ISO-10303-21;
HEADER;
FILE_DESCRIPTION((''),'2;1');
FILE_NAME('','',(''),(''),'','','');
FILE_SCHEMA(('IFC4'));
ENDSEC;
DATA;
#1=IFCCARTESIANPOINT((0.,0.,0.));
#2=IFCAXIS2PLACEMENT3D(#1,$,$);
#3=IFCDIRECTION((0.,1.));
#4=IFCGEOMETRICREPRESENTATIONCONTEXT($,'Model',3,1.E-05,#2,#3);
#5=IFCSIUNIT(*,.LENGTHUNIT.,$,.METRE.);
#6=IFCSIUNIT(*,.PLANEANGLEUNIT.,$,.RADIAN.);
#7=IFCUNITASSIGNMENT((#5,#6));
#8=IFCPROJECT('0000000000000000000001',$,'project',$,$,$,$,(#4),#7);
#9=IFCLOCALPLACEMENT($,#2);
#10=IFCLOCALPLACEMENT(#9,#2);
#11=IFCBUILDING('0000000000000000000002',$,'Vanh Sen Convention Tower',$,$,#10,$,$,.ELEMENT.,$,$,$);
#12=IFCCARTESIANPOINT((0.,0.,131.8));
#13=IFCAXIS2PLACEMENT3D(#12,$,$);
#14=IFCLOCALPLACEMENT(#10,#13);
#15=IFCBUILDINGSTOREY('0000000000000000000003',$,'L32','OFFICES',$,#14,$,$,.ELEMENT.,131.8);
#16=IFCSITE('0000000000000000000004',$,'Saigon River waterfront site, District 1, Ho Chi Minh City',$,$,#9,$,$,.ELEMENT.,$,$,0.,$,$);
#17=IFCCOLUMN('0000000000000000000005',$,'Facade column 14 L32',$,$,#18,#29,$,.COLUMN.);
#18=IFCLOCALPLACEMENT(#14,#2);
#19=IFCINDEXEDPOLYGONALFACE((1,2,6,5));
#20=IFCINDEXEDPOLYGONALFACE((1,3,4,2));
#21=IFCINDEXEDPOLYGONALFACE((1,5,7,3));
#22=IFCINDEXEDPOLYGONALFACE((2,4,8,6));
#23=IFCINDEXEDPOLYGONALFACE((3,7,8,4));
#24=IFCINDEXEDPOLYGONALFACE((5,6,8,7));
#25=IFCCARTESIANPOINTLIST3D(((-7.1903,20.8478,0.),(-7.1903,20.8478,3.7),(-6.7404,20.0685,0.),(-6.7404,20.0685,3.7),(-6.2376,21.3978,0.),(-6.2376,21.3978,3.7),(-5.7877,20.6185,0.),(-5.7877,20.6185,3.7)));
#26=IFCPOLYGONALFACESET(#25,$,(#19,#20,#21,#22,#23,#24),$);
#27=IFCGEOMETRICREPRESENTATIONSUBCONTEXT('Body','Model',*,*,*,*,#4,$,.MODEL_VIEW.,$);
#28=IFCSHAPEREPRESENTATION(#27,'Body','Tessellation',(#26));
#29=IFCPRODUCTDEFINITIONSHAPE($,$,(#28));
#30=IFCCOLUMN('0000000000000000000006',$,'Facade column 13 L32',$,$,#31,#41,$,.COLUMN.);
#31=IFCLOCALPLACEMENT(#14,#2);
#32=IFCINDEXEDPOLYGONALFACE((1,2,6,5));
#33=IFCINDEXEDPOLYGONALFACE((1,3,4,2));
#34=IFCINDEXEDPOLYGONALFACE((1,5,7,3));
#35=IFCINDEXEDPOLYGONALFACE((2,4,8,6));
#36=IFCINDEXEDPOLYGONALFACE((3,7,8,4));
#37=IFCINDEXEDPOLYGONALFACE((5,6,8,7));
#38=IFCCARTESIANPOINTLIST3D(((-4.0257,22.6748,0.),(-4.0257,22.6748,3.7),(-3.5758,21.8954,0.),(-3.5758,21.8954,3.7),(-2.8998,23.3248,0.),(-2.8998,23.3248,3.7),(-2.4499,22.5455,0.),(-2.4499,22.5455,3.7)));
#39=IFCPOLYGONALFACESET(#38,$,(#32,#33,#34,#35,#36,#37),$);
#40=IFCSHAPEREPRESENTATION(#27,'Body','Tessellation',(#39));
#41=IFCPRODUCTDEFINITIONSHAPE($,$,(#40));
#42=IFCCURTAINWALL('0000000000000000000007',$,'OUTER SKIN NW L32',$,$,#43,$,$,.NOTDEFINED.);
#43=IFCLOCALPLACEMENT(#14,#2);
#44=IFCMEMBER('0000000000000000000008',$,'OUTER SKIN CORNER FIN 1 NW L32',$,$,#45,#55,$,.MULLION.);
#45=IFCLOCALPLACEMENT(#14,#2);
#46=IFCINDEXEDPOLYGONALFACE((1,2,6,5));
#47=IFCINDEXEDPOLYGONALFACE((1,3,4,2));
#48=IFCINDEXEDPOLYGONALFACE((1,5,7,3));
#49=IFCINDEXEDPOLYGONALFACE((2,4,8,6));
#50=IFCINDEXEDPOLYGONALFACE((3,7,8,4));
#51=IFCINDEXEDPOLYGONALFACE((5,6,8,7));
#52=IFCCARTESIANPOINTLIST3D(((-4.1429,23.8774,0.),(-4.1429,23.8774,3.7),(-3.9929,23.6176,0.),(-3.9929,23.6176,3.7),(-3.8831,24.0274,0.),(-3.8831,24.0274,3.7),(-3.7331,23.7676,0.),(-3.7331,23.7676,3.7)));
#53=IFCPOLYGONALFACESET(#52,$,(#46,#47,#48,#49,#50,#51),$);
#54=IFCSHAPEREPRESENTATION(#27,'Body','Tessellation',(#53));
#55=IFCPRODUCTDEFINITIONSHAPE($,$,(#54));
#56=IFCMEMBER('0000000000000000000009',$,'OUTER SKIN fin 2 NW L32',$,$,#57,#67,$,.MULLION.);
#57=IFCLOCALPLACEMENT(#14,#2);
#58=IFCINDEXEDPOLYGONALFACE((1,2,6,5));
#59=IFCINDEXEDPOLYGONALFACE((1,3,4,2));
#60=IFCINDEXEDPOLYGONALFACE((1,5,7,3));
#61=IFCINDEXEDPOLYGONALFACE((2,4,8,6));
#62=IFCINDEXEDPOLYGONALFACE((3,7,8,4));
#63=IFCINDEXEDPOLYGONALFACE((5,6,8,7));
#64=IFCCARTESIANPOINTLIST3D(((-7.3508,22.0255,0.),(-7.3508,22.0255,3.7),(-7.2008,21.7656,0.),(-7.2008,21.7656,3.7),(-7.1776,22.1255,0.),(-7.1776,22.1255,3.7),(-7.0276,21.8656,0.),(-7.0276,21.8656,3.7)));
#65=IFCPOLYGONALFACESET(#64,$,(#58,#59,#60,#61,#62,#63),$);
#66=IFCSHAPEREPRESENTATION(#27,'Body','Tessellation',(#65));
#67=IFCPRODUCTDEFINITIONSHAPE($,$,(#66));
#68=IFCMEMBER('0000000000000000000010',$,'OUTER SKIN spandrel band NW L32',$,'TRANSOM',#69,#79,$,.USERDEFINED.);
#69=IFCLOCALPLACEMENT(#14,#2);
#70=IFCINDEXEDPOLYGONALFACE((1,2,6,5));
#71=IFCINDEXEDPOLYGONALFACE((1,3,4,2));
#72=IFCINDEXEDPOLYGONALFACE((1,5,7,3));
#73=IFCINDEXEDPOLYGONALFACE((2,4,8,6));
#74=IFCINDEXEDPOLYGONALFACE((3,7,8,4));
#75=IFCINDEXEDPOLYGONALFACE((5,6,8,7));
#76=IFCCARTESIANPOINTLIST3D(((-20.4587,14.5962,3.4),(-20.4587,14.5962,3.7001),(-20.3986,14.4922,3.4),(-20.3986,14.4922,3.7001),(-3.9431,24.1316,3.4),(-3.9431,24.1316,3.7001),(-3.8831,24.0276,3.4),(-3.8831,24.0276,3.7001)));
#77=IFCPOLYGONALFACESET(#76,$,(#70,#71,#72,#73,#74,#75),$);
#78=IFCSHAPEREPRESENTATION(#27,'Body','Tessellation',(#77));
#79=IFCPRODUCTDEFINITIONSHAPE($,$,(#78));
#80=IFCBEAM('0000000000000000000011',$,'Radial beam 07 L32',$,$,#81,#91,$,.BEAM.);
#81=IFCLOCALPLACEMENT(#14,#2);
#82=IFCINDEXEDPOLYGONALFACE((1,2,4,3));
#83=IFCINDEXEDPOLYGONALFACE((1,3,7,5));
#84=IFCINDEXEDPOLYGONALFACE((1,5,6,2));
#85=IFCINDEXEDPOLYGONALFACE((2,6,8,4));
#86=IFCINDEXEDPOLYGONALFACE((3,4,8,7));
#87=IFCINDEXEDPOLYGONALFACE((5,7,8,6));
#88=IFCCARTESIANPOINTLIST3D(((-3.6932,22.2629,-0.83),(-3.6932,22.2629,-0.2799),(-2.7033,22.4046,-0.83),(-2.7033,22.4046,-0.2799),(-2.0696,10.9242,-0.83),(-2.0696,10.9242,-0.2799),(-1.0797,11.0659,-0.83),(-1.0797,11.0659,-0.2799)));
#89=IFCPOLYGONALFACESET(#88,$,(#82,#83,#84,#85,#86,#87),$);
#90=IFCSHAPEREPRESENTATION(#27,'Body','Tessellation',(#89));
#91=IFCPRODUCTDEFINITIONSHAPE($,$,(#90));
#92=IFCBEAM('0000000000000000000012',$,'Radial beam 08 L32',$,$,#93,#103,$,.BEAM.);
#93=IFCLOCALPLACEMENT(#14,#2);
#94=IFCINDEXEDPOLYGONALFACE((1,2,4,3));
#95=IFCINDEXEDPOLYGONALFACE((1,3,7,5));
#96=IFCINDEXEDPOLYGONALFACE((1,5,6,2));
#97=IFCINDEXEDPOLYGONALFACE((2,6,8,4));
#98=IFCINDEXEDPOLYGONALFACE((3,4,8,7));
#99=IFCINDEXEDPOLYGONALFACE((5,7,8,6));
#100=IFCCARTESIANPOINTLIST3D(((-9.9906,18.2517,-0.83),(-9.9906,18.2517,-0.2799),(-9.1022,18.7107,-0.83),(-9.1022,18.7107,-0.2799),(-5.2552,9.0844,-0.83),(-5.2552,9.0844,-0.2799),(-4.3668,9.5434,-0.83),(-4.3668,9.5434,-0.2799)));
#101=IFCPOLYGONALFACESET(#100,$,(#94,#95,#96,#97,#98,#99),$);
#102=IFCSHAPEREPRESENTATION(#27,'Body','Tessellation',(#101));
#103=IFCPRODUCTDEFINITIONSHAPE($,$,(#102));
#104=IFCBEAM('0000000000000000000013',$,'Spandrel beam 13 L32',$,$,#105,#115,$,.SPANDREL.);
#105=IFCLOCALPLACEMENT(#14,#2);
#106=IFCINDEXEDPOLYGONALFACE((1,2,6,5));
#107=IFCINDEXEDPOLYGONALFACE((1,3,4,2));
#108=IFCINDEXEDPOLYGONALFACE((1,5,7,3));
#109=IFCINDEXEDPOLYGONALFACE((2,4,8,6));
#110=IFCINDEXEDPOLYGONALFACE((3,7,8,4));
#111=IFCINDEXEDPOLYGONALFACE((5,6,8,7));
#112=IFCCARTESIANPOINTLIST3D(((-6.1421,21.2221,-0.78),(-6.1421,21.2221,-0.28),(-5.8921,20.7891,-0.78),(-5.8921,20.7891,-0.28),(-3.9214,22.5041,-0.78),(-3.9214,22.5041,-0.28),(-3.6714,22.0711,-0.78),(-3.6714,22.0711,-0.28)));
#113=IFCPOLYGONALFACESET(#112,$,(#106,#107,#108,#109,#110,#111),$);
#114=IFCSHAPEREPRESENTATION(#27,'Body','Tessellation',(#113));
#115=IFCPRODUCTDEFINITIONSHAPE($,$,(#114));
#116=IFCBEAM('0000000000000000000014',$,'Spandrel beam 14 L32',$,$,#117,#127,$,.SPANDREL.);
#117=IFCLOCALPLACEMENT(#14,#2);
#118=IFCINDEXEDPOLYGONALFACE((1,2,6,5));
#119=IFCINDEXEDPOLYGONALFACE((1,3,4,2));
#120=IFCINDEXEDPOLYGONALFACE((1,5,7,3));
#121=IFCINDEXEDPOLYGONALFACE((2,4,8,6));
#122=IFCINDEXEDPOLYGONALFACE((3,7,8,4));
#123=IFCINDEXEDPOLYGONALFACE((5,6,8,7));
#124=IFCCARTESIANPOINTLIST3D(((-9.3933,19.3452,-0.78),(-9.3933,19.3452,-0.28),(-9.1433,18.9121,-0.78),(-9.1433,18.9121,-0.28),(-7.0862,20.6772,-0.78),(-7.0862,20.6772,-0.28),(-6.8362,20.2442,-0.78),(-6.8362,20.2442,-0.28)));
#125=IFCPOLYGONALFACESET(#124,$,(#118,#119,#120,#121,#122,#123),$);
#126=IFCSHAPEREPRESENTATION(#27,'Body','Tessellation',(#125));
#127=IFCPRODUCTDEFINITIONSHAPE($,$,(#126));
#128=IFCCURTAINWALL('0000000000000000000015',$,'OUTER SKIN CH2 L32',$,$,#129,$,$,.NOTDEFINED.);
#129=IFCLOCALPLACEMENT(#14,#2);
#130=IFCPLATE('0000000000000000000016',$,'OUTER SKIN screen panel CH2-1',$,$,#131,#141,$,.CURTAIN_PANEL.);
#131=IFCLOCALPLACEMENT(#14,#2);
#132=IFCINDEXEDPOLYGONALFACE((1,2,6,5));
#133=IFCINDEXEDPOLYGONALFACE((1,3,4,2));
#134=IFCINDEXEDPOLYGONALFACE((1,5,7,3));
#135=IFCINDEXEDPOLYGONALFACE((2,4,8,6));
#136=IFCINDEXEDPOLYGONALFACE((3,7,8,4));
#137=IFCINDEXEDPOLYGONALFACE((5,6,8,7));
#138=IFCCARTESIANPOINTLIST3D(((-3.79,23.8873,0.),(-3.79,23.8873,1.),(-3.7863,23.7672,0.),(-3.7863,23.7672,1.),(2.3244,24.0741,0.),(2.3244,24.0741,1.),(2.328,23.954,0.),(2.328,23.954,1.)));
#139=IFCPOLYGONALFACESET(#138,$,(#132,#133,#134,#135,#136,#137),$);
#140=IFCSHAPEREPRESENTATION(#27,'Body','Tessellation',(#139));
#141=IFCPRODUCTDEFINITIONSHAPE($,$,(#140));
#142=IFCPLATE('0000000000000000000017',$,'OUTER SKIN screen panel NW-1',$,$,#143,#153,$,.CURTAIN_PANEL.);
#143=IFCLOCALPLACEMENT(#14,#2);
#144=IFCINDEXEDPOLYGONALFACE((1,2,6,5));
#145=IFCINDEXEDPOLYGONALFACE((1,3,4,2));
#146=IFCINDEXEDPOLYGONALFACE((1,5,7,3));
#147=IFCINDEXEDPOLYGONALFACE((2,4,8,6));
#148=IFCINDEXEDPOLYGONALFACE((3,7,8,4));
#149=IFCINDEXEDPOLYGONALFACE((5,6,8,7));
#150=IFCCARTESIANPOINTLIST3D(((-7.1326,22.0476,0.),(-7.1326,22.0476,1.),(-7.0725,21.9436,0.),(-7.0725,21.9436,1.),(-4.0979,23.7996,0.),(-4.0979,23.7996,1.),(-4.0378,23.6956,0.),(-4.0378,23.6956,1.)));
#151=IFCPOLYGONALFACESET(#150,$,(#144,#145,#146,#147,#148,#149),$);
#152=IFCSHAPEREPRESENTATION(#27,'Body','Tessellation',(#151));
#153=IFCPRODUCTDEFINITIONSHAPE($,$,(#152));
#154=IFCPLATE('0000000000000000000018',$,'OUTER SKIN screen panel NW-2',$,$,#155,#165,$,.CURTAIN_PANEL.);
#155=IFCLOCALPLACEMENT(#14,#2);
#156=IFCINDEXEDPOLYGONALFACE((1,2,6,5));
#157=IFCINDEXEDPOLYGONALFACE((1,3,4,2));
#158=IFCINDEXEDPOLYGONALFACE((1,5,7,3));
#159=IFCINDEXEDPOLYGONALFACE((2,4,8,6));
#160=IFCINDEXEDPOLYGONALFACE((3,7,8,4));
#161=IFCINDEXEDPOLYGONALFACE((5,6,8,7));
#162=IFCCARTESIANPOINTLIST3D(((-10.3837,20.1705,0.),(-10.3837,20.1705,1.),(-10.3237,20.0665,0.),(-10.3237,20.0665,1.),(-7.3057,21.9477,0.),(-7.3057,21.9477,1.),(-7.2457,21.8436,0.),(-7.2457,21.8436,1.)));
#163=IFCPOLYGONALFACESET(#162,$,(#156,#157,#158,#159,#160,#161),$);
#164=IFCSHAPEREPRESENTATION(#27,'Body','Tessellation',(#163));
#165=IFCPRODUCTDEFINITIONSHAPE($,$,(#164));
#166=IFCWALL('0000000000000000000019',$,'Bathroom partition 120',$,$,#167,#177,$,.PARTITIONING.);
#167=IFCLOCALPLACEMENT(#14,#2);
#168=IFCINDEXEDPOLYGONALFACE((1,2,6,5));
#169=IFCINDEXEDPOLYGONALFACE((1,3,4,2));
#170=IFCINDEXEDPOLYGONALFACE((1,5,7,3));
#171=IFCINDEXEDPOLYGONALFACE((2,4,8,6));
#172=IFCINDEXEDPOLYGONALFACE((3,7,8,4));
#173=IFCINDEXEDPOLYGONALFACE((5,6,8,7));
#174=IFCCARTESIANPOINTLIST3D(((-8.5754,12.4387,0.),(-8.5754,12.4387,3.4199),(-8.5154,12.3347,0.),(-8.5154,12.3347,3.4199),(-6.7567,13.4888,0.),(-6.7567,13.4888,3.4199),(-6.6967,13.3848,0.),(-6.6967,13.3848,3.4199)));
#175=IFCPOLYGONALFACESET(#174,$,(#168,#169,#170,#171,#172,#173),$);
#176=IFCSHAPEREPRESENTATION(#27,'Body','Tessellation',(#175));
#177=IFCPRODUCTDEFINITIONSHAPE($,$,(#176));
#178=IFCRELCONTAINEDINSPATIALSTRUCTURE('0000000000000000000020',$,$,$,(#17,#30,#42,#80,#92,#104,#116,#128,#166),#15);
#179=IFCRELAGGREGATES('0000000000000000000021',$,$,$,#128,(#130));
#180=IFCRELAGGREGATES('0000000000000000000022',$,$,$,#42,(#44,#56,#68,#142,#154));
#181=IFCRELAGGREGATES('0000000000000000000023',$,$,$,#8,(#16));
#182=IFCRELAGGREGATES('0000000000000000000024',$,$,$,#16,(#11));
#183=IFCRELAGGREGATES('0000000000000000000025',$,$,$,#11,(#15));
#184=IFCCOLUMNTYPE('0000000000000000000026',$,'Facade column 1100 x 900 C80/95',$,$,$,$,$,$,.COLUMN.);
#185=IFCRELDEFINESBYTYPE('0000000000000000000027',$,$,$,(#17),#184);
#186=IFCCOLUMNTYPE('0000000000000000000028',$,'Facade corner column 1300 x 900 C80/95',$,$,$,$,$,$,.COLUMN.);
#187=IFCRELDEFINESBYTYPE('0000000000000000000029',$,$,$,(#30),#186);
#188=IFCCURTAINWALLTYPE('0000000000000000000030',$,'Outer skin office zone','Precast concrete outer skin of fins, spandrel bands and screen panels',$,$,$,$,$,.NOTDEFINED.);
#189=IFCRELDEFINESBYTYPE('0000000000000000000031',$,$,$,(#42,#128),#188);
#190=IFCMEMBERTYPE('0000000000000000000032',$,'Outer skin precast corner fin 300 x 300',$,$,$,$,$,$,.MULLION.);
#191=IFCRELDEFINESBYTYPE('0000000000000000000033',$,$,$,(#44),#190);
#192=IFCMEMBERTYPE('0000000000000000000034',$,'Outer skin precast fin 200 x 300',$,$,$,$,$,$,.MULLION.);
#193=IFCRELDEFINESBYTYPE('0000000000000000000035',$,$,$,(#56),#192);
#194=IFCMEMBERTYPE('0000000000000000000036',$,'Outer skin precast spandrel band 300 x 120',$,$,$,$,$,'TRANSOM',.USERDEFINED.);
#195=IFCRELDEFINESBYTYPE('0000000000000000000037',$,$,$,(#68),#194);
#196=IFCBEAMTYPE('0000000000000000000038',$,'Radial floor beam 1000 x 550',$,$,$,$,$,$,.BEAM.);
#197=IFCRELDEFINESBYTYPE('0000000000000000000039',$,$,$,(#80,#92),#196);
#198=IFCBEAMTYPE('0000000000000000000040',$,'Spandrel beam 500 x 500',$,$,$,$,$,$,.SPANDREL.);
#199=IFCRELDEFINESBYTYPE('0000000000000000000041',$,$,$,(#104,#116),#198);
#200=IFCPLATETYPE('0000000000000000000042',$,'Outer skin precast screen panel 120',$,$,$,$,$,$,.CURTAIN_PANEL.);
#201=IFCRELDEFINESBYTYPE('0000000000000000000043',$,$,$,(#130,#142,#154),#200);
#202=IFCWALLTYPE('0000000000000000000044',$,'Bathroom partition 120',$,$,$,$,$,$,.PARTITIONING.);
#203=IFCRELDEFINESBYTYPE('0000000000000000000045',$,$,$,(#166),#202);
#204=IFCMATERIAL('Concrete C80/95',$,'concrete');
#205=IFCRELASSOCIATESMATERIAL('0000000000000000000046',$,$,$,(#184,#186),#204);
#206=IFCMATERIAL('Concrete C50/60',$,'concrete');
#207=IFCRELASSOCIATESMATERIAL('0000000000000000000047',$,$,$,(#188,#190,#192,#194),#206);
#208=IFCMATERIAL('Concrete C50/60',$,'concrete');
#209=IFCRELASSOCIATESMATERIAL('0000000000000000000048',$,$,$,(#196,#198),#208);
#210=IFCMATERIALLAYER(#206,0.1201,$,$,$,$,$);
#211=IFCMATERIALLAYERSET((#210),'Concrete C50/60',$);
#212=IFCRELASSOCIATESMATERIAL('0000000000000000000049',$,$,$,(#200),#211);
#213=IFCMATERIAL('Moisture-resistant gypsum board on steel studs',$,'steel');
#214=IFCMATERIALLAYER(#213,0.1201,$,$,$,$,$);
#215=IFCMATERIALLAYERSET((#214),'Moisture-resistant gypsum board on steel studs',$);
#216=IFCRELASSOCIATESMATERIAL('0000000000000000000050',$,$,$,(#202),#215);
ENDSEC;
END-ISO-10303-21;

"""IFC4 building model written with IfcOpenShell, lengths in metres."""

from ifc_helpers import new_model, si_unit, direction, frame, frame_2d, origin, origin_2d, place, context, subcontext, project, spatial, rectangle, extrude, material, layer, layer_set, material_profile, profile_set, type_object, element, aggregate, save


model = new_model("IFC4")

# Units and contexts
model_context = context("Model", 3, precision=1e-05, world=origin(), true_north=direction((0.0, 1.0)))
body_context = subcontext(model_context, "Body", "Model", "MODEL_VIEW")
ifc_project = project(units=[si_unit("LENGTHUNIT", "METRE"), si_unit("PLANEANGLEUNIT", "RADIAN")], contexts=[model_context])

# Site, building, storey
site_placement = place(None, origin())
site = spatial("IfcSite", under=ifc_project, at=site_placement, Name="Saigon River waterfront site, District 1, Ho Chi Minh City", CompositionType="ELEMENT", RefElevation=0.0)
building_placement = place(site_placement, origin())
building = spatial("IfcBuilding", under=site, at=building_placement, Name="Vanh Sen Convention Tower", CompositionType="ELEMENT")
storey_placement = place(building_placement, frame((0.0, 0.0, 131.8)))
storey = spatial("IfcBuildingStorey", under=building, at=storey_placement, Name="L32", Description="OFFICES", CompositionType="ELEMENT", Elevation=131.8)

# Columns
ifc_material_1 = material(Name="Concrete C80/95", Category="concrete")
ifc_material_profile_1 = material_profile(ifc_material_1, rectangle(XDim=1.1001, YDim=0.8999, at=origin_2d()), Name="RC 1100X900")
ifc_profile_set_1 = profile_set([ifc_material_profile_1], Name="Concrete C80/95")
column_type_1 = type_object("IfcColumnType", Name="Facade column 1100 x 900 C80/95", PredefinedType="COLUMN", material=ifc_profile_set_1)
column_1_placement = place(storey_placement, frame((-6.489, 20.7332, 0.0), z_axis=(0.0, 0.0, 1.0), x_axis=(-0.866025, -0.5, 0.0)))
element("IfcColumn", 1, at=column_1_placement, inside=storey, type_object=column_type_1, Name="Facade column 14 L32", PredefinedType="COLUMN", context=body_context, shape_type="SweptSolid", body=[
    extrude(rectangle(XDim=1.1001, YDim=0.8999, at=origin_2d()), origin(), (0.0, 0.0, 1.0), 3.7),
])
ifc_material_profile_2 = material_profile(ifc_material_1, rectangle(XDim=1.3, YDim=0.8999, at=origin_2d()), Name="RC 1300X900")
ifc_profile_set_2 = profile_set([ifc_material_profile_2], Name="Concrete C80/95")
column_type_2 = type_object("IfcColumnType", Name="Facade corner column 1300 x 900 C80/95", PredefinedType="COLUMN", material=ifc_profile_set_2)
column_2_placement = place(storey_placement, frame((-3.2378, 22.6101, 0.0), z_axis=(0.0, 0.0, 1.0), x_axis=(-0.866025, -0.5, 0.0)))
element("IfcColumn", 2, at=column_2_placement, inside=storey, type_object=column_type_2, Name="Facade column 13 L32", PredefinedType="COLUMN", context=body_context, shape_type="SweptSolid", body=[
    extrude(rectangle(XDim=1.3, YDim=0.8999, at=origin_2d()), origin(), (0.0, 0.0, 1.0), 3.7),
])

# Curtain wall, members
ifc_material_2 = material(Name="Concrete C50/60", Category="concrete")
curtain_wall_type = type_object("IfcCurtainWallType", Name="Outer skin office zone", Description="Precast concrete outer skin of fins, spandrel bands and screen panels", PredefinedType="NOTDEFINED", material=ifc_material_2)
curtain_wall_1_placement = place(storey_placement, origin())
curtain_wall_1 = element("IfcCurtainWall", 3, at=curtain_wall_1_placement, inside=storey, type_object=curtain_wall_type, Name="OUTER SKIN NW L32", PredefinedType="NOTDEFINED")
ifc_material_profile_3 = material_profile(ifc_material_2, rectangle(XDim=0.3, YDim=0.3, at=origin_2d()), Name="Outer skin precast corner fin 300 x 300")
ifc_profile_set_3 = profile_set([ifc_material_profile_3], Name="Concrete C50/60")
member_type_1 = type_object("IfcMemberType", Name="Outer skin precast corner fin 300 x 300", PredefinedType="MULLION", material=ifc_profile_set_3)
member_1_placement = place(storey_placement, frame((-3.938, 23.8225, 0.0), z_axis=(0.0, 0.0, 1.0), x_axis=(-0.866025, -0.5, 0.0)))
member_1 = element("IfcMember", 4, at=member_1_placement, type_object=member_type_1, Name="OUTER SKIN CORNER FIN 1 NW L32", PredefinedType="MULLION", context=body_context, shape_type="SweptSolid", body=[
    extrude(rectangle(XDim=0.3, YDim=0.3, at=origin_2d()), origin(), (0.0, 0.0, 1.0), 3.7),
])
ifc_material_profile_4 = material_profile(ifc_material_2, rectangle(XDim=0.2, YDim=0.3, at=origin_2d()), Name="Outer skin precast fin 200 x 300")
ifc_profile_set_4 = profile_set([ifc_material_profile_4], Name="Concrete C50/60")
member_type_2 = type_object("IfcMemberType", Name="Outer skin precast fin 200 x 300", PredefinedType="MULLION", material=ifc_profile_set_4)
member_2_placement = place(storey_placement, frame((-7.1892, 21.9456, 0.0), z_axis=(0.0, 0.0, 1.0), x_axis=(-0.866025, -0.5, 0.0)))
member_2 = element("IfcMember", 5, at=member_2_placement, type_object=member_type_2, Name="OUTER SKIN fin 2 NW L32", PredefinedType="MULLION", context=body_context, shape_type="SweptSolid", body=[
    extrude(rectangle(XDim=0.2, YDim=0.3, at=origin_2d()), origin(), (0.0, 0.0, 1.0), 3.7),
])
ifc_material_profile_5 = material_profile(ifc_material_2, rectangle(XDim=0.1201, YDim=0.3, at=origin_2d()), Name="Outer skin precast spandrel band 300 x 120")
ifc_profile_set_5 = profile_set([ifc_material_profile_5], Name="Concrete C50/60")
member_type_3 = type_object("IfcMemberType", Name="Outer skin precast spandrel band 300 x 120", ElementType="TRANSOM", PredefinedType="USERDEFINED", material=ifc_profile_set_5)
member_3_placement = place(storey_placement, frame((-3.9131, 24.0796, 3.55), z_axis=(-0.866023, -0.500004, 0.0), x_axis=(0.500004, -0.866023, 0.0)))
member_3 = element("IfcMember", 6, at=member_3_placement, type_object=member_type_3, Name="OUTER SKIN spandrel band NW L32", ObjectType="TRANSOM", PredefinedType="USERDEFINED", context=body_context, shape_type="SweptSolid", body=[
    extrude(rectangle(XDim=0.1201, YDim=0.3, at=origin_2d()), origin(), (0.0, 0.0, 1.0), 19.0706),
])

# Beams
ifc_material_3 = material(Name="Concrete C50/60", Category="concrete")
ifc_material_profile_6 = material_profile(ifc_material_3, rectangle(XDim=1.0, YDim=0.55, at=origin_2d()), Name="RC 1000X550")
ifc_profile_set_6 = profile_set([ifc_material_profile_6], Name="Concrete C50/60")
beam_type_1 = type_object("IfcBeamType", Name="Radial floor beam 1000 x 550", PredefinedType="BEAM", material=ifc_profile_set_6)
beam_1_placement = place(storey_placement, frame((-3.1982, 22.3337, -0.5549), z_axis=(0.141741, -0.989904, 0.0), x_axis=(0.989904, 0.141741, 0.0)))
element("IfcBeam", 7, at=beam_1_placement, inside=storey, type_object=beam_type_1, Name="Radial beam 07 L32", PredefinedType="BEAM", context=body_context, shape_type="SweptSolid", body=[
    extrude(rectangle(XDim=1.0, YDim=0.55, at=origin_2d()), origin(), (0.0, 0.0, 1.0), 11.4543),
])
beam_2_placement = place(storey_placement, frame((-9.5464, 18.4812, -0.5549), z_axis=(0.458939, -0.888468, 0.0), x_axis=(0.888468, 0.458939, 0.0)))
element("IfcBeam", 8, at=beam_2_placement, inside=storey, type_object=beam_type_1, Name="Radial beam 08 L32", PredefinedType="BEAM", context=body_context, shape_type="SweptSolid", body=[
    extrude(rectangle(XDim=1.0, YDim=0.55, at=origin_2d()), origin(), (0.0, 0.0, 1.0), 10.3181),
])
ifc_material_profile_7 = material_profile(ifc_material_3, rectangle(XDim=0.5, YDim=0.5, at=origin_2d()), Name="RC 500X500")
ifc_profile_set_7 = profile_set([ifc_material_profile_7], Name="Concrete C50/60")
beam_type_2 = type_object("IfcBeamType", Name="Spandrel beam 500 x 500", PredefinedType="SPANDREL", material=ifc_profile_set_7)
beam_3_placement = place(storey_placement, frame((-3.7964, 22.2876, -0.53), z_axis=(-0.866049, -0.499959, 0.0), x_axis=(0.499959, -0.866049, 0.0)))
element("IfcBeam", 9, at=beam_3_placement, inside=storey, type_object=beam_type_2, Name="Spandrel beam 13 L32", PredefinedType="SPANDREL", context=body_context, shape_type="SweptSolid", body=[
    extrude(rectangle(XDim=0.5, YDim=0.5, at=origin_2d()), origin(), (0.0, 0.0, 1.0), 2.5642),
])
beam_4_placement = place(storey_placement, frame((-6.9612, 20.4607, -0.53), z_axis=(-0.866024, -0.500003, 0.0), x_axis=(0.500003, -0.866024, 0.0)))
element("IfcBeam", 10, at=beam_4_placement, inside=storey, type_object=beam_type_2, Name="Spandrel beam 14 L32", PredefinedType="SPANDREL", context=body_context, shape_type="SweptSolid", body=[
    extrude(rectangle(XDim=0.5, YDim=0.5, at=origin_2d()), origin(), (0.0, 0.0, 1.0), 2.6641),
])

# Curtain wall, plate
curtain_wall_2_placement = place(storey_placement, origin())
curtain_wall_2 = element("IfcCurtainWall", 11, at=curtain_wall_2_placement, inside=storey, type_object=curtain_wall_type, Name="OUTER SKIN CH2 L32", PredefinedType="NOTDEFINED")
ifc_layer_1 = layer(ifc_material_2, 0.1201)
ifc_layer_set_1 = layer_set([ifc_layer_1], Name="Concrete C50/60")
plate_type = type_object("IfcPlateType", Name="Outer skin precast screen panel 120", PredefinedType="CURTAIN_PANEL", material=ifc_layer_set_1)
plate_1_placement = place(storey_placement, frame((-0.731, 23.9207, 0.0), z_axis=(0.0, 0.0, 1.0), x_axis=(-0.999534, -0.030539, 0.0)))
plate_1 = element("IfcPlate", 12, at=plate_1_placement, type_object=plate_type, Name="OUTER SKIN screen panel CH2-1", PredefinedType="CURTAIN_PANEL", context=body_context, shape_type="SweptSolid", body=[
    extrude(rectangle(XDim=6.1172, YDim=0.1201, at=origin_2d()), origin(), (0.0, 0.0, 1.0), 1.0),
])
aggregate(curtain_wall_2, [plate_1])

# Plates
plate_2_placement = place(storey_placement, frame((-5.5852, 22.8716, 0.0), z_axis=(0.0, 0.0, 1.0), x_axis=(-0.866035, -0.499983, 0.0)))
plate_2 = element("IfcPlate", 13, at=plate_2_placement, type_object=plate_type, Name="OUTER SKIN screen panel NW-1", PredefinedType="CURTAIN_PANEL", context=body_context, shape_type="SweptSolid", body=[
    extrude(rectangle(XDim=3.5042, YDim=0.1201, at=origin_2d()), origin(), (0.0, 0.0, 1.0), 1.0),
])
plate_3_placement = place(storey_placement, frame((-8.8147, 21.0071, 0.0), z_axis=(0.0, 0.0, 1.0), x_axis=(-0.866017, -0.500015, 0.0)))
plate_3 = element("IfcPlate", 14, at=plate_3_placement, type_object=plate_type, Name="OUTER SKIN screen panel NW-2", PredefinedType="CURTAIN_PANEL", context=body_context, shape_type="SweptSolid", body=[
    extrude(rectangle(XDim=3.5542, YDim=0.1201, at=origin_2d()), origin(), (0.0, 0.0, 1.0), 1.0),
])
aggregate(curtain_wall_1, [member_1, member_2, member_3, plate_2, plate_3])

# Wall
ifc_material_4 = material(Name="Moisture-resistant gypsum board on steel studs", Category="steel")
ifc_layer_2 = layer(ifc_material_4, 0.1201)
ifc_layer_set_2 = layer_set([ifc_layer_2], Name="Moisture-resistant gypsum board on steel studs")
wall_type_1 = type_object("IfcWallType", Name="Bathroom partition 120", PredefinedType="PARTITIONING", material=ifc_layer_set_2)
wall_1_placement = place(storey_placement, frame((-8.5454, 12.3867, 0.0), z_axis=(0.0, 0.0, 1.0), x_axis=(0.866009, 0.500028, 0.0)))
element("IfcWall", 15, at=wall_1_placement, inside=storey, type_object=wall_type_1, Name="Bathroom partition 120", PredefinedType="PARTITIONING", context=body_context, shape_type="SweptSolid", body=[
    extrude(rectangle(XDim=2.1001, YDim=0.1201, at=frame_2d((1.05, 0.0))), origin(), (0.0, 0.0, 1.0), 3.4199),
])

save(model, "model.ifc")
